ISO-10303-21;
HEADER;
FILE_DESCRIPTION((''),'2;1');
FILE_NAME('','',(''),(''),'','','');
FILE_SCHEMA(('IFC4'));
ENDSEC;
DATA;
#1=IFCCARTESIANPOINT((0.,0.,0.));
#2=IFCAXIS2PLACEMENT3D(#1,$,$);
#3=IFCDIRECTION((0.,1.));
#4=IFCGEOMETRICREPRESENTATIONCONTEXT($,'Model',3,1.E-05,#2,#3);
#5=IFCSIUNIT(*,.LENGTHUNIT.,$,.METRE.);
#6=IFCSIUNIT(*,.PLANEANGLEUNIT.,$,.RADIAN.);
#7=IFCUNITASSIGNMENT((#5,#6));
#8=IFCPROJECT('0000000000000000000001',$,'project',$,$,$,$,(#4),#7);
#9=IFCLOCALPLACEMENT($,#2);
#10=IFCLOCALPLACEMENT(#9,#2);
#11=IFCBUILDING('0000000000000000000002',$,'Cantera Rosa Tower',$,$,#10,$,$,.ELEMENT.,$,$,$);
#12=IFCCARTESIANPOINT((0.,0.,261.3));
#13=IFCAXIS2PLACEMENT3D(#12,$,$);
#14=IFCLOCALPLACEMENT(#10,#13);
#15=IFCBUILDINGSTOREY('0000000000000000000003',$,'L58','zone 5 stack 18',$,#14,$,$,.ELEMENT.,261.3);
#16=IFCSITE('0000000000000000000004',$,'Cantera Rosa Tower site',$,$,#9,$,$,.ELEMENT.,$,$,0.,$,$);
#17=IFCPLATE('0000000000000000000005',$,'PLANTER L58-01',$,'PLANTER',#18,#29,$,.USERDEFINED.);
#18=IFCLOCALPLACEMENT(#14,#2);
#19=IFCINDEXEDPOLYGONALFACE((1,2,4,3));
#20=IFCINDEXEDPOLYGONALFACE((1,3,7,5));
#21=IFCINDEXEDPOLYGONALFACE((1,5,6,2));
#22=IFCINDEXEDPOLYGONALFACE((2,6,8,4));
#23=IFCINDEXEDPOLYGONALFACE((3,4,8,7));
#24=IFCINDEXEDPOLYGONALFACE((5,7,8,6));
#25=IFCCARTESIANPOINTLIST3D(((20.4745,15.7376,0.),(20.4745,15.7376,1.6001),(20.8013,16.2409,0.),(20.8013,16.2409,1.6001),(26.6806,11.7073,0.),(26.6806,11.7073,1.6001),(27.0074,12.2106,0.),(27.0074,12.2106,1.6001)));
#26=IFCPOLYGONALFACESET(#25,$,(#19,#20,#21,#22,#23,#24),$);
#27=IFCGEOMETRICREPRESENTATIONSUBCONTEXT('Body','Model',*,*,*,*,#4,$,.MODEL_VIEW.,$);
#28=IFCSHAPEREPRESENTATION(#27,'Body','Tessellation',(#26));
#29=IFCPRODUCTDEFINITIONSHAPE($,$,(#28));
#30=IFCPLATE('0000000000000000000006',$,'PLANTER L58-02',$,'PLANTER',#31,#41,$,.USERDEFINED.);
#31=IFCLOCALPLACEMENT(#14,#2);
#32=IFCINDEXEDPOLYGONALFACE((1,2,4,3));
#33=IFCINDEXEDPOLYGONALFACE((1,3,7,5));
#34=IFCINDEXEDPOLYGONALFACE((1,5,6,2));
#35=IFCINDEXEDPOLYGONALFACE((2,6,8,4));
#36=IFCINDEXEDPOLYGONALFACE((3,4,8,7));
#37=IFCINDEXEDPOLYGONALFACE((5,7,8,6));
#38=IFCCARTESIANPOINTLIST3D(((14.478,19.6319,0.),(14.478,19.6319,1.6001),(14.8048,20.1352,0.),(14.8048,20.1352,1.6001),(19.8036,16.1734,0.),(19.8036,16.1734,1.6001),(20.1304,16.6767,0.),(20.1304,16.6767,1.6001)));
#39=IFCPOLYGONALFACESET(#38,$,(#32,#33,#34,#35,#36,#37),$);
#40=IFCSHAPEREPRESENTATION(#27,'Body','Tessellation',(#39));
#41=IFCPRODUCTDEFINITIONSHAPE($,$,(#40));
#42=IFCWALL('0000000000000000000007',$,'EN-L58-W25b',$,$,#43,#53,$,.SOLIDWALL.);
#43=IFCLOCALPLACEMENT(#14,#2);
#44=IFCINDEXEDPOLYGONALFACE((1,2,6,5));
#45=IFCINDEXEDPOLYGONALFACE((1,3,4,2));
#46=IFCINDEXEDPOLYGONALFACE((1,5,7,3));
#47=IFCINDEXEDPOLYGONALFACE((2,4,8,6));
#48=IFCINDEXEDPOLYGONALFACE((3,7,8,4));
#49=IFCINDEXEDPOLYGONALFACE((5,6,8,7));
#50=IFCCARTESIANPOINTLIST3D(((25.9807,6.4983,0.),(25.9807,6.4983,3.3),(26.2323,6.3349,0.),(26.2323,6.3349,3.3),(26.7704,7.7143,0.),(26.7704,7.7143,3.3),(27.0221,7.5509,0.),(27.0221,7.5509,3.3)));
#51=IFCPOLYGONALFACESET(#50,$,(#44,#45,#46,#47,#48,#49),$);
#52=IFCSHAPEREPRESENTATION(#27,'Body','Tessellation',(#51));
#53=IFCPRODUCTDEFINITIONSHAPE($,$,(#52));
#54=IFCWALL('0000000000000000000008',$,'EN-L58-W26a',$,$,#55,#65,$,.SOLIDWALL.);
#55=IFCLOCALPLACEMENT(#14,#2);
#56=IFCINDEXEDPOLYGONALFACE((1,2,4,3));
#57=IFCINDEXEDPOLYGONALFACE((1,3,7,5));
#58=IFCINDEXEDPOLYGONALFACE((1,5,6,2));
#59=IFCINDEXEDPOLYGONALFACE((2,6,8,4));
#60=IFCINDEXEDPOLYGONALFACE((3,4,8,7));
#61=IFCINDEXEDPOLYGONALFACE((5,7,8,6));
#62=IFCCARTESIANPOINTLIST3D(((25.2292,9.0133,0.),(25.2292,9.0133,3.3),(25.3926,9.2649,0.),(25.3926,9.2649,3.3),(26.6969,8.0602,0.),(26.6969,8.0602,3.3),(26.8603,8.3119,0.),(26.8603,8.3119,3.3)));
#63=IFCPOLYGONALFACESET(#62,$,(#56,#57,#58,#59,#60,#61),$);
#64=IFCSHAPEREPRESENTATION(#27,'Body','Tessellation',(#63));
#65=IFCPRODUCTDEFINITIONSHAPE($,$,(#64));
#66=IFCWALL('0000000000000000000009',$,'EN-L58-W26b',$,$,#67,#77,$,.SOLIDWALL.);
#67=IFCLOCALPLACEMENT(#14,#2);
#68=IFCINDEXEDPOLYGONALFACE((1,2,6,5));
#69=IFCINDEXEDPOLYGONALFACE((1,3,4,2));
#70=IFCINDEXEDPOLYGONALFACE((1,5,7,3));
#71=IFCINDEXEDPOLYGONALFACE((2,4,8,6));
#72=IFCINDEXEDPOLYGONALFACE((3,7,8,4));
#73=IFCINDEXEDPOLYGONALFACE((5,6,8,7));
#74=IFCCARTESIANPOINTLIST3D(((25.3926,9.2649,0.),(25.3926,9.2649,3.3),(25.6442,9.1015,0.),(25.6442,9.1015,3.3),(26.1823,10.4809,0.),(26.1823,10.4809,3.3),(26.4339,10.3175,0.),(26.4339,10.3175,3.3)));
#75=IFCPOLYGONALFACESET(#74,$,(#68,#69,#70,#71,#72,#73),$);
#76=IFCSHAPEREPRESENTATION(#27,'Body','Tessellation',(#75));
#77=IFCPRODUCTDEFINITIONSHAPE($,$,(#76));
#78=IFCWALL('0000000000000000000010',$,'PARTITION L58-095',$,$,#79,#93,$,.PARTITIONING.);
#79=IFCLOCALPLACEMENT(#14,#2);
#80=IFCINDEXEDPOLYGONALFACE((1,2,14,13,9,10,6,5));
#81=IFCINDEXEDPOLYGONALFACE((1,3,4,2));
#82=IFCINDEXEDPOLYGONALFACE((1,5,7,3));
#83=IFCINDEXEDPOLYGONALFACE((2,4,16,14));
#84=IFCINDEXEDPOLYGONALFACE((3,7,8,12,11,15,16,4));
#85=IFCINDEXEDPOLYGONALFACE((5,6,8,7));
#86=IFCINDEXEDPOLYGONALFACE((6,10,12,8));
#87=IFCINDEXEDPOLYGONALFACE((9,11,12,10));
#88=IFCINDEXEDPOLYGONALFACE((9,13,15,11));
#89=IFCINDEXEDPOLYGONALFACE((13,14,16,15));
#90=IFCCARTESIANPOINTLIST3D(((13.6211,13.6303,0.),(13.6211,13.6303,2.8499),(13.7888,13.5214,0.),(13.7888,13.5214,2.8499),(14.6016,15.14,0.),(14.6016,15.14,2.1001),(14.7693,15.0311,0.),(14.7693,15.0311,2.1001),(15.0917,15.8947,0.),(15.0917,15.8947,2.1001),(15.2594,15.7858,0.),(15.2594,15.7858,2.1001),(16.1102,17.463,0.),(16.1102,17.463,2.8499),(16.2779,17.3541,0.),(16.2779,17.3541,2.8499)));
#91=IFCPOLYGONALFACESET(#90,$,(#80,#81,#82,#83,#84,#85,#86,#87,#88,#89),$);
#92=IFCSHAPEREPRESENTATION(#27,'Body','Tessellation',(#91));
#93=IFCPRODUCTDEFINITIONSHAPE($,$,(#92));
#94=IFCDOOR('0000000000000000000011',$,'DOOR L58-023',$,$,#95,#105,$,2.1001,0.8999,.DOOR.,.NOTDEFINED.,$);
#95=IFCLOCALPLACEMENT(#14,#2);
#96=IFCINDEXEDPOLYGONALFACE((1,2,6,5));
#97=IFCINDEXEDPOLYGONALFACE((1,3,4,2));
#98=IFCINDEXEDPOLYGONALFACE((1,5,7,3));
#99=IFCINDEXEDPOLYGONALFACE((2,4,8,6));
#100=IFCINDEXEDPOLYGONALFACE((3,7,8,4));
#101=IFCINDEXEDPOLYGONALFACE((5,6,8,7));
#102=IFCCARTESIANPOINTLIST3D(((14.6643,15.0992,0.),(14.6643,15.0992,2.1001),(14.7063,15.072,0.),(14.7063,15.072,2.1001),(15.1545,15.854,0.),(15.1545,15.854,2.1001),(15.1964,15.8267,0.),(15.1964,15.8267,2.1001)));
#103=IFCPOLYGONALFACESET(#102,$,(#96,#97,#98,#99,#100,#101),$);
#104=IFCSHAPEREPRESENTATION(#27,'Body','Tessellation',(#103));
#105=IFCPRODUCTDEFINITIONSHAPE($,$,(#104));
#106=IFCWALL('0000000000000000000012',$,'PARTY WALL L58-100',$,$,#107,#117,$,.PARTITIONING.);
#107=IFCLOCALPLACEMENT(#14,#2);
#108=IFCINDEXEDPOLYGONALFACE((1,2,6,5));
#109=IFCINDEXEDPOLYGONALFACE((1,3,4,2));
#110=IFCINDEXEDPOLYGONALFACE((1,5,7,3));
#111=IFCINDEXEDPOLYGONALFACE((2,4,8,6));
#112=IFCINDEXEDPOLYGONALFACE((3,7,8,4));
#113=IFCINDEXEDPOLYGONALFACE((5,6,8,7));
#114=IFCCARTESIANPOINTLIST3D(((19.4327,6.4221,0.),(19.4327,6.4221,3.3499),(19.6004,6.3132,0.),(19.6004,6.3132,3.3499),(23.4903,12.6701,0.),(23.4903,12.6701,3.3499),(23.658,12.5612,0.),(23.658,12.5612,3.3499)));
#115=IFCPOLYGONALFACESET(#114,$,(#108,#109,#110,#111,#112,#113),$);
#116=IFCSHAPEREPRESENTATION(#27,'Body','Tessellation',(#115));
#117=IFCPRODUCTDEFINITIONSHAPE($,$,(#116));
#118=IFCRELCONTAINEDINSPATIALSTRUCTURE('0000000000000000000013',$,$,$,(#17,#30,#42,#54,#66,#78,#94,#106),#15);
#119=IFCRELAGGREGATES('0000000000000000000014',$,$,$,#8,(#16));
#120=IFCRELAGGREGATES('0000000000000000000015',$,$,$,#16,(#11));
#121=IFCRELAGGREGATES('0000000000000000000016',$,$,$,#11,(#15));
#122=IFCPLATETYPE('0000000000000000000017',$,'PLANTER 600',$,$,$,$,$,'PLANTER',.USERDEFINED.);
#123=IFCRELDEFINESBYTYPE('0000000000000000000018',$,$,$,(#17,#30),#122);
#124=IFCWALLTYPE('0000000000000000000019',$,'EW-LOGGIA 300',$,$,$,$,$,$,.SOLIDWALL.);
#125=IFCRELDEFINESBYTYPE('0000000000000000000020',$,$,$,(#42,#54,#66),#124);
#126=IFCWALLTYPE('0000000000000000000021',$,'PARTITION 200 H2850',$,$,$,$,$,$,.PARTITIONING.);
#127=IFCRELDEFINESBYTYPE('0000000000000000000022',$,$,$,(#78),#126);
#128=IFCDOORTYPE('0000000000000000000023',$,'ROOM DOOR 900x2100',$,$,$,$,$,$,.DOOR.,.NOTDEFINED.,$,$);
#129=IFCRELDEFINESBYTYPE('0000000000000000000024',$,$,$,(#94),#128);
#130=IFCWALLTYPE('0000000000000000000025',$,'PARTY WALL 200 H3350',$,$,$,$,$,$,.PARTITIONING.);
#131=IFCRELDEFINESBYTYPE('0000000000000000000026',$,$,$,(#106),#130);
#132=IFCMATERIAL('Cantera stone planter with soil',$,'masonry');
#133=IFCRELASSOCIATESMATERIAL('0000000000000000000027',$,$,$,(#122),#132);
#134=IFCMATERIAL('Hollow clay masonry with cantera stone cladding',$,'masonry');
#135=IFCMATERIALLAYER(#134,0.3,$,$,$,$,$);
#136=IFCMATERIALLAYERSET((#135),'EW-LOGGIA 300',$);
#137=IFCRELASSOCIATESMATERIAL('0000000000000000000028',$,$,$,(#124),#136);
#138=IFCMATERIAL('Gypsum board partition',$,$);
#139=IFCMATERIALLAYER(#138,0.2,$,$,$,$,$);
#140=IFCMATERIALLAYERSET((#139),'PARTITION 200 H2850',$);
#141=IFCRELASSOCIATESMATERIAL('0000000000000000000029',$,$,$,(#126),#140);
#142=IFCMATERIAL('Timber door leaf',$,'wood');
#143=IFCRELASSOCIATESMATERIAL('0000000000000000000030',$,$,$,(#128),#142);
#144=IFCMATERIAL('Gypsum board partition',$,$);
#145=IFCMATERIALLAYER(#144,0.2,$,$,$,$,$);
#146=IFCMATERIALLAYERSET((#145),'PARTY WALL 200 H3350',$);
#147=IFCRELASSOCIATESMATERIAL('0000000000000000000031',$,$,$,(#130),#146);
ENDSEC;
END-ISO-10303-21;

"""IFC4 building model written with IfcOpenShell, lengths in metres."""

from ifc_helpers import new_model, si_unit, direction, frame, frame_2d, origin, origin_2d, place, context, subcontext, project, spatial, rectangle, extrude, material, layer, layer_set, type_object, element, fill, save


model = new_model("IFC4")

# Units and contexts
model_context = context("Model", 3, precision=1e-05, world=origin(), true_north=direction((0.0, 1.0)))
body_context = subcontext(model_context, "Body", "Model", "MODEL_VIEW")
ifc_project = project(units=[si_unit("LENGTHUNIT", "METRE"), si_unit("PLANEANGLEUNIT", "RADIAN")], contexts=[model_context])

# Site, building, storey
site_placement = place(None, origin())
site = spatial("IfcSite", under=ifc_project, at=site_placement, Name="Cantera Rosa Tower site", CompositionType="ELEMENT", RefElevation=0.0)
building_placement = place(site_placement, origin())
building = spatial("IfcBuilding", under=site, at=building_placement, Name="Cantera Rosa Tower", CompositionType="ELEMENT")
storey_placement = place(building_placement, frame((0.0, 0.0, 261.3)))
storey = spatial("IfcBuildingStorey", under=building, at=storey_placement, Name="L58", Description="zone 5 stack 18", CompositionType="ELEMENT", Elevation=261.3)

# Plates
ifc_material_1 = material(Name="Cantera stone planter with soil", Category="masonry")
plate_type = type_object("IfcPlateType", Name="PLANTER 600", ElementType="PLANTER", PredefinedType="USERDEFINED", material=ifc_material_1)
plate_1_placement = place(storey_placement, frame((23.741, 13.9741, 0.0), z_axis=(0.0, 0.0, 1.0), x_axis=(-0.838671, 0.544639, 0.0)))
element("IfcPlate", 1, at=plate_1_placement, inside=storey, type_object=plate_type, Name="PLANTER L58-01", ObjectType="PLANTER", PredefinedType="USERDEFINED", context=body_context, shape_type="SweptSolid", body=[
    extrude(rectangle(XDim=7.3999, YDim=0.6001, at=origin_2d()), origin(), (0.0, 0.0, 1.0), 1.6001),
])
plate_2_placement = place(storey_placement, frame((17.3042, 18.1543, 0.0), z_axis=(0.0, 0.0, 1.0), x_axis=(-0.838671, 0.544639, 0.0)))
element("IfcPlate", 2, at=plate_2_placement, inside=storey, type_object=plate_type, Name="PLANTER L58-02", ObjectType="PLANTER", PredefinedType="USERDEFINED", context=body_context, shape_type="SweptSolid", body=[
    extrude(rectangle(XDim=6.3501, YDim=0.6001, at=origin_2d()), origin(), (0.0, 0.0, 1.0), 1.6001),
])

# Walls
ifc_material_2 = material(Name="Hollow clay masonry with cantera stone cladding", Category="masonry")
ifc_layer_1 = layer(ifc_material_2, 0.3)
ifc_layer_set_1 = layer_set([ifc_layer_1], Name="EW-LOGGIA 300")
wall_type_1 = type_object("IfcWallType", Name="EW-LOGGIA 300", PredefinedType="SOLIDWALL", material=ifc_layer_set_1)
wall_1_placement = place(storey_placement, frame((26.1064, 6.4165, 0.0), z_axis=(0.0, 0.0, 1.0), x_axis=(0.544675, 0.838647, 0.0)))
element("IfcWall", 3, at=wall_1_placement, inside=storey, type_object=wall_type_1, Name="EN-L58-W25b", PredefinedType="SOLIDWALL", context=body_context, shape_type="SweptSolid", body=[
    extrude(rectangle(XDim=1.45, YDim=0.3, at=frame_2d((0.7251, 0.0))), origin(), (0.0, 0.0, 1.0), 3.3),
])
wall_2_placement = place(storey_placement, frame((26.7786, 8.186, 0.0), z_axis=(0.0, 0.0, 1.0), x_axis=(-0.838686, 0.544616, 0.0)))
element("IfcWall", 4, at=wall_2_placement, inside=storey, type_object=wall_type_1, Name="EN-L58-W26a", PredefinedType="SOLIDWALL", context=body_context, shape_type="SweptSolid", body=[
    extrude(rectangle(XDim=1.75, YDim=0.3, at=frame_2d((0.875, 0.0))), origin(), (0.0, 0.0, 1.0), 3.3),
])
wall_3_placement = place(storey_placement, frame((25.5183, 9.1831, 0.0), z_axis=(0.0, 0.0, 1.0), x_axis=(0.544675, 0.838647, 0.0)))
element("IfcWall", 5, at=wall_3_placement, inside=storey, type_object=wall_type_1, Name="EN-L58-W26b", PredefinedType="SOLIDWALL", context=body_context, shape_type="SweptSolid", body=[
    extrude(rectangle(XDim=1.45, YDim=0.3, at=frame_2d((0.7251, 0.0))), origin(), (0.0, 0.0, 1.0), 3.3),
])

# Wall, opening, door
ifc_material_3 = material(Name="Gypsum board partition")
ifc_layer_2 = layer(ifc_material_3, 0.2)
ifc_layer_set_2 = layer_set([ifc_layer_2], Name="PARTITION 200 H2850")
wall_type_2 = type_object("IfcWallType", Name="PARTITION 200 H2850", PredefinedType="PARTITIONING", material=ifc_layer_set_2)
wall_4_placement = place(storey_placement, frame((16.1941, 17.4087, 0.0), z_axis=(0.0, 0.0, 1.0), x_axis=(-0.544637, -0.838672, 0.0)))
wall_4 = element("IfcWall", 6, at=wall_4_placement, inside=storey, type_object=wall_type_2, Name="PARTITION L58-095", PredefinedType="PARTITIONING", context=body_context, shape_type="SweptSolid", body=[
    extrude(rectangle(XDim=4.5701, YDim=0.2, at=frame_2d((2.2852, 0.0))), origin(), (0.0, 0.0, 1.0), 2.8499),
])
opening_1_placement = place(wall_4_placement, frame((1.8701, 0.0, 0.0)))
opening_1 = element("IfcOpeningElement", 7, at=opening_1_placement, cuts=wall_4, PredefinedType="OPENING", context=body_context, shape_type="SweptSolid", body=[
    extrude(rectangle(XDim=0.8999, YDim=2.1001, at=frame_2d((0.45, 1.05))), frame((0.0, 0.1099, 0.0), z_axis=(0.0, -1.0, 0.0), x_axis=(1.0, 0.0, 0.0)), (0.0, 0.0, 1.0), 0.22),
])
ifc_material_4 = material(Name="Timber door leaf", Category="wood")
door_type_1 = type_object("IfcDoorType", Name="ROOM DOOR 900x2100", OperationType="NOTDEFINED", PredefinedType="DOOR", material=ifc_material_4)
door_1_placement = place(opening_1_placement, origin())
door_1 = element("IfcDoor", 8, at=door_1_placement, inside=storey, type_object=door_type_1, Name="DOOR L58-023", OperationType="NOTDEFINED", OverallHeight=2.1001, OverallWidth=0.8999, PredefinedType="DOOR", context=body_context, shape_type="SweptSolid", body=[
    extrude(rectangle(XDim=0.8999, YDim=2.1001, at=frame_2d((0.45, 1.05))), frame((0.0, 0.0249, 0.0), z_axis=(0.0, -1.0, 0.0), x_axis=(1.0, 0.0, 0.0)), (0.0, 0.0, 1.0), 0.05),
])
fill(opening_1, door_1)

# Wall
ifc_material_5 = material(Name="Gypsum board partition")
ifc_layer_3 = layer(ifc_material_5, 0.2)
ifc_layer_set_3 = layer_set([ifc_layer_3], Name="PARTY WALL 200 H3350")
wall_type_3 = type_object("IfcWallType", Name="PARTY WALL 200 H3350", PredefinedType="PARTITIONING", material=ifc_layer_set_3)
wall_5_placement = place(storey_placement, frame((23.5742, 12.6157, 0.0), z_axis=(0.0, 0.0, 1.0), x_axis=(-0.544647, -0.838665, 0.0)))
element("IfcWall", 9, at=wall_5_placement, inside=storey, type_object=wall_type_3, Name="PARTY WALL L58-100", PredefinedType="PARTITIONING", context=body_context, shape_type="SweptSolid", body=[
    extrude(rectangle(XDim=7.45, YDim=0.2, at=frame_2d((3.7251, 0.0))), origin(), (0.0, 0.0, 1.0), 3.3499),
])

save(model, "model.ifc")
